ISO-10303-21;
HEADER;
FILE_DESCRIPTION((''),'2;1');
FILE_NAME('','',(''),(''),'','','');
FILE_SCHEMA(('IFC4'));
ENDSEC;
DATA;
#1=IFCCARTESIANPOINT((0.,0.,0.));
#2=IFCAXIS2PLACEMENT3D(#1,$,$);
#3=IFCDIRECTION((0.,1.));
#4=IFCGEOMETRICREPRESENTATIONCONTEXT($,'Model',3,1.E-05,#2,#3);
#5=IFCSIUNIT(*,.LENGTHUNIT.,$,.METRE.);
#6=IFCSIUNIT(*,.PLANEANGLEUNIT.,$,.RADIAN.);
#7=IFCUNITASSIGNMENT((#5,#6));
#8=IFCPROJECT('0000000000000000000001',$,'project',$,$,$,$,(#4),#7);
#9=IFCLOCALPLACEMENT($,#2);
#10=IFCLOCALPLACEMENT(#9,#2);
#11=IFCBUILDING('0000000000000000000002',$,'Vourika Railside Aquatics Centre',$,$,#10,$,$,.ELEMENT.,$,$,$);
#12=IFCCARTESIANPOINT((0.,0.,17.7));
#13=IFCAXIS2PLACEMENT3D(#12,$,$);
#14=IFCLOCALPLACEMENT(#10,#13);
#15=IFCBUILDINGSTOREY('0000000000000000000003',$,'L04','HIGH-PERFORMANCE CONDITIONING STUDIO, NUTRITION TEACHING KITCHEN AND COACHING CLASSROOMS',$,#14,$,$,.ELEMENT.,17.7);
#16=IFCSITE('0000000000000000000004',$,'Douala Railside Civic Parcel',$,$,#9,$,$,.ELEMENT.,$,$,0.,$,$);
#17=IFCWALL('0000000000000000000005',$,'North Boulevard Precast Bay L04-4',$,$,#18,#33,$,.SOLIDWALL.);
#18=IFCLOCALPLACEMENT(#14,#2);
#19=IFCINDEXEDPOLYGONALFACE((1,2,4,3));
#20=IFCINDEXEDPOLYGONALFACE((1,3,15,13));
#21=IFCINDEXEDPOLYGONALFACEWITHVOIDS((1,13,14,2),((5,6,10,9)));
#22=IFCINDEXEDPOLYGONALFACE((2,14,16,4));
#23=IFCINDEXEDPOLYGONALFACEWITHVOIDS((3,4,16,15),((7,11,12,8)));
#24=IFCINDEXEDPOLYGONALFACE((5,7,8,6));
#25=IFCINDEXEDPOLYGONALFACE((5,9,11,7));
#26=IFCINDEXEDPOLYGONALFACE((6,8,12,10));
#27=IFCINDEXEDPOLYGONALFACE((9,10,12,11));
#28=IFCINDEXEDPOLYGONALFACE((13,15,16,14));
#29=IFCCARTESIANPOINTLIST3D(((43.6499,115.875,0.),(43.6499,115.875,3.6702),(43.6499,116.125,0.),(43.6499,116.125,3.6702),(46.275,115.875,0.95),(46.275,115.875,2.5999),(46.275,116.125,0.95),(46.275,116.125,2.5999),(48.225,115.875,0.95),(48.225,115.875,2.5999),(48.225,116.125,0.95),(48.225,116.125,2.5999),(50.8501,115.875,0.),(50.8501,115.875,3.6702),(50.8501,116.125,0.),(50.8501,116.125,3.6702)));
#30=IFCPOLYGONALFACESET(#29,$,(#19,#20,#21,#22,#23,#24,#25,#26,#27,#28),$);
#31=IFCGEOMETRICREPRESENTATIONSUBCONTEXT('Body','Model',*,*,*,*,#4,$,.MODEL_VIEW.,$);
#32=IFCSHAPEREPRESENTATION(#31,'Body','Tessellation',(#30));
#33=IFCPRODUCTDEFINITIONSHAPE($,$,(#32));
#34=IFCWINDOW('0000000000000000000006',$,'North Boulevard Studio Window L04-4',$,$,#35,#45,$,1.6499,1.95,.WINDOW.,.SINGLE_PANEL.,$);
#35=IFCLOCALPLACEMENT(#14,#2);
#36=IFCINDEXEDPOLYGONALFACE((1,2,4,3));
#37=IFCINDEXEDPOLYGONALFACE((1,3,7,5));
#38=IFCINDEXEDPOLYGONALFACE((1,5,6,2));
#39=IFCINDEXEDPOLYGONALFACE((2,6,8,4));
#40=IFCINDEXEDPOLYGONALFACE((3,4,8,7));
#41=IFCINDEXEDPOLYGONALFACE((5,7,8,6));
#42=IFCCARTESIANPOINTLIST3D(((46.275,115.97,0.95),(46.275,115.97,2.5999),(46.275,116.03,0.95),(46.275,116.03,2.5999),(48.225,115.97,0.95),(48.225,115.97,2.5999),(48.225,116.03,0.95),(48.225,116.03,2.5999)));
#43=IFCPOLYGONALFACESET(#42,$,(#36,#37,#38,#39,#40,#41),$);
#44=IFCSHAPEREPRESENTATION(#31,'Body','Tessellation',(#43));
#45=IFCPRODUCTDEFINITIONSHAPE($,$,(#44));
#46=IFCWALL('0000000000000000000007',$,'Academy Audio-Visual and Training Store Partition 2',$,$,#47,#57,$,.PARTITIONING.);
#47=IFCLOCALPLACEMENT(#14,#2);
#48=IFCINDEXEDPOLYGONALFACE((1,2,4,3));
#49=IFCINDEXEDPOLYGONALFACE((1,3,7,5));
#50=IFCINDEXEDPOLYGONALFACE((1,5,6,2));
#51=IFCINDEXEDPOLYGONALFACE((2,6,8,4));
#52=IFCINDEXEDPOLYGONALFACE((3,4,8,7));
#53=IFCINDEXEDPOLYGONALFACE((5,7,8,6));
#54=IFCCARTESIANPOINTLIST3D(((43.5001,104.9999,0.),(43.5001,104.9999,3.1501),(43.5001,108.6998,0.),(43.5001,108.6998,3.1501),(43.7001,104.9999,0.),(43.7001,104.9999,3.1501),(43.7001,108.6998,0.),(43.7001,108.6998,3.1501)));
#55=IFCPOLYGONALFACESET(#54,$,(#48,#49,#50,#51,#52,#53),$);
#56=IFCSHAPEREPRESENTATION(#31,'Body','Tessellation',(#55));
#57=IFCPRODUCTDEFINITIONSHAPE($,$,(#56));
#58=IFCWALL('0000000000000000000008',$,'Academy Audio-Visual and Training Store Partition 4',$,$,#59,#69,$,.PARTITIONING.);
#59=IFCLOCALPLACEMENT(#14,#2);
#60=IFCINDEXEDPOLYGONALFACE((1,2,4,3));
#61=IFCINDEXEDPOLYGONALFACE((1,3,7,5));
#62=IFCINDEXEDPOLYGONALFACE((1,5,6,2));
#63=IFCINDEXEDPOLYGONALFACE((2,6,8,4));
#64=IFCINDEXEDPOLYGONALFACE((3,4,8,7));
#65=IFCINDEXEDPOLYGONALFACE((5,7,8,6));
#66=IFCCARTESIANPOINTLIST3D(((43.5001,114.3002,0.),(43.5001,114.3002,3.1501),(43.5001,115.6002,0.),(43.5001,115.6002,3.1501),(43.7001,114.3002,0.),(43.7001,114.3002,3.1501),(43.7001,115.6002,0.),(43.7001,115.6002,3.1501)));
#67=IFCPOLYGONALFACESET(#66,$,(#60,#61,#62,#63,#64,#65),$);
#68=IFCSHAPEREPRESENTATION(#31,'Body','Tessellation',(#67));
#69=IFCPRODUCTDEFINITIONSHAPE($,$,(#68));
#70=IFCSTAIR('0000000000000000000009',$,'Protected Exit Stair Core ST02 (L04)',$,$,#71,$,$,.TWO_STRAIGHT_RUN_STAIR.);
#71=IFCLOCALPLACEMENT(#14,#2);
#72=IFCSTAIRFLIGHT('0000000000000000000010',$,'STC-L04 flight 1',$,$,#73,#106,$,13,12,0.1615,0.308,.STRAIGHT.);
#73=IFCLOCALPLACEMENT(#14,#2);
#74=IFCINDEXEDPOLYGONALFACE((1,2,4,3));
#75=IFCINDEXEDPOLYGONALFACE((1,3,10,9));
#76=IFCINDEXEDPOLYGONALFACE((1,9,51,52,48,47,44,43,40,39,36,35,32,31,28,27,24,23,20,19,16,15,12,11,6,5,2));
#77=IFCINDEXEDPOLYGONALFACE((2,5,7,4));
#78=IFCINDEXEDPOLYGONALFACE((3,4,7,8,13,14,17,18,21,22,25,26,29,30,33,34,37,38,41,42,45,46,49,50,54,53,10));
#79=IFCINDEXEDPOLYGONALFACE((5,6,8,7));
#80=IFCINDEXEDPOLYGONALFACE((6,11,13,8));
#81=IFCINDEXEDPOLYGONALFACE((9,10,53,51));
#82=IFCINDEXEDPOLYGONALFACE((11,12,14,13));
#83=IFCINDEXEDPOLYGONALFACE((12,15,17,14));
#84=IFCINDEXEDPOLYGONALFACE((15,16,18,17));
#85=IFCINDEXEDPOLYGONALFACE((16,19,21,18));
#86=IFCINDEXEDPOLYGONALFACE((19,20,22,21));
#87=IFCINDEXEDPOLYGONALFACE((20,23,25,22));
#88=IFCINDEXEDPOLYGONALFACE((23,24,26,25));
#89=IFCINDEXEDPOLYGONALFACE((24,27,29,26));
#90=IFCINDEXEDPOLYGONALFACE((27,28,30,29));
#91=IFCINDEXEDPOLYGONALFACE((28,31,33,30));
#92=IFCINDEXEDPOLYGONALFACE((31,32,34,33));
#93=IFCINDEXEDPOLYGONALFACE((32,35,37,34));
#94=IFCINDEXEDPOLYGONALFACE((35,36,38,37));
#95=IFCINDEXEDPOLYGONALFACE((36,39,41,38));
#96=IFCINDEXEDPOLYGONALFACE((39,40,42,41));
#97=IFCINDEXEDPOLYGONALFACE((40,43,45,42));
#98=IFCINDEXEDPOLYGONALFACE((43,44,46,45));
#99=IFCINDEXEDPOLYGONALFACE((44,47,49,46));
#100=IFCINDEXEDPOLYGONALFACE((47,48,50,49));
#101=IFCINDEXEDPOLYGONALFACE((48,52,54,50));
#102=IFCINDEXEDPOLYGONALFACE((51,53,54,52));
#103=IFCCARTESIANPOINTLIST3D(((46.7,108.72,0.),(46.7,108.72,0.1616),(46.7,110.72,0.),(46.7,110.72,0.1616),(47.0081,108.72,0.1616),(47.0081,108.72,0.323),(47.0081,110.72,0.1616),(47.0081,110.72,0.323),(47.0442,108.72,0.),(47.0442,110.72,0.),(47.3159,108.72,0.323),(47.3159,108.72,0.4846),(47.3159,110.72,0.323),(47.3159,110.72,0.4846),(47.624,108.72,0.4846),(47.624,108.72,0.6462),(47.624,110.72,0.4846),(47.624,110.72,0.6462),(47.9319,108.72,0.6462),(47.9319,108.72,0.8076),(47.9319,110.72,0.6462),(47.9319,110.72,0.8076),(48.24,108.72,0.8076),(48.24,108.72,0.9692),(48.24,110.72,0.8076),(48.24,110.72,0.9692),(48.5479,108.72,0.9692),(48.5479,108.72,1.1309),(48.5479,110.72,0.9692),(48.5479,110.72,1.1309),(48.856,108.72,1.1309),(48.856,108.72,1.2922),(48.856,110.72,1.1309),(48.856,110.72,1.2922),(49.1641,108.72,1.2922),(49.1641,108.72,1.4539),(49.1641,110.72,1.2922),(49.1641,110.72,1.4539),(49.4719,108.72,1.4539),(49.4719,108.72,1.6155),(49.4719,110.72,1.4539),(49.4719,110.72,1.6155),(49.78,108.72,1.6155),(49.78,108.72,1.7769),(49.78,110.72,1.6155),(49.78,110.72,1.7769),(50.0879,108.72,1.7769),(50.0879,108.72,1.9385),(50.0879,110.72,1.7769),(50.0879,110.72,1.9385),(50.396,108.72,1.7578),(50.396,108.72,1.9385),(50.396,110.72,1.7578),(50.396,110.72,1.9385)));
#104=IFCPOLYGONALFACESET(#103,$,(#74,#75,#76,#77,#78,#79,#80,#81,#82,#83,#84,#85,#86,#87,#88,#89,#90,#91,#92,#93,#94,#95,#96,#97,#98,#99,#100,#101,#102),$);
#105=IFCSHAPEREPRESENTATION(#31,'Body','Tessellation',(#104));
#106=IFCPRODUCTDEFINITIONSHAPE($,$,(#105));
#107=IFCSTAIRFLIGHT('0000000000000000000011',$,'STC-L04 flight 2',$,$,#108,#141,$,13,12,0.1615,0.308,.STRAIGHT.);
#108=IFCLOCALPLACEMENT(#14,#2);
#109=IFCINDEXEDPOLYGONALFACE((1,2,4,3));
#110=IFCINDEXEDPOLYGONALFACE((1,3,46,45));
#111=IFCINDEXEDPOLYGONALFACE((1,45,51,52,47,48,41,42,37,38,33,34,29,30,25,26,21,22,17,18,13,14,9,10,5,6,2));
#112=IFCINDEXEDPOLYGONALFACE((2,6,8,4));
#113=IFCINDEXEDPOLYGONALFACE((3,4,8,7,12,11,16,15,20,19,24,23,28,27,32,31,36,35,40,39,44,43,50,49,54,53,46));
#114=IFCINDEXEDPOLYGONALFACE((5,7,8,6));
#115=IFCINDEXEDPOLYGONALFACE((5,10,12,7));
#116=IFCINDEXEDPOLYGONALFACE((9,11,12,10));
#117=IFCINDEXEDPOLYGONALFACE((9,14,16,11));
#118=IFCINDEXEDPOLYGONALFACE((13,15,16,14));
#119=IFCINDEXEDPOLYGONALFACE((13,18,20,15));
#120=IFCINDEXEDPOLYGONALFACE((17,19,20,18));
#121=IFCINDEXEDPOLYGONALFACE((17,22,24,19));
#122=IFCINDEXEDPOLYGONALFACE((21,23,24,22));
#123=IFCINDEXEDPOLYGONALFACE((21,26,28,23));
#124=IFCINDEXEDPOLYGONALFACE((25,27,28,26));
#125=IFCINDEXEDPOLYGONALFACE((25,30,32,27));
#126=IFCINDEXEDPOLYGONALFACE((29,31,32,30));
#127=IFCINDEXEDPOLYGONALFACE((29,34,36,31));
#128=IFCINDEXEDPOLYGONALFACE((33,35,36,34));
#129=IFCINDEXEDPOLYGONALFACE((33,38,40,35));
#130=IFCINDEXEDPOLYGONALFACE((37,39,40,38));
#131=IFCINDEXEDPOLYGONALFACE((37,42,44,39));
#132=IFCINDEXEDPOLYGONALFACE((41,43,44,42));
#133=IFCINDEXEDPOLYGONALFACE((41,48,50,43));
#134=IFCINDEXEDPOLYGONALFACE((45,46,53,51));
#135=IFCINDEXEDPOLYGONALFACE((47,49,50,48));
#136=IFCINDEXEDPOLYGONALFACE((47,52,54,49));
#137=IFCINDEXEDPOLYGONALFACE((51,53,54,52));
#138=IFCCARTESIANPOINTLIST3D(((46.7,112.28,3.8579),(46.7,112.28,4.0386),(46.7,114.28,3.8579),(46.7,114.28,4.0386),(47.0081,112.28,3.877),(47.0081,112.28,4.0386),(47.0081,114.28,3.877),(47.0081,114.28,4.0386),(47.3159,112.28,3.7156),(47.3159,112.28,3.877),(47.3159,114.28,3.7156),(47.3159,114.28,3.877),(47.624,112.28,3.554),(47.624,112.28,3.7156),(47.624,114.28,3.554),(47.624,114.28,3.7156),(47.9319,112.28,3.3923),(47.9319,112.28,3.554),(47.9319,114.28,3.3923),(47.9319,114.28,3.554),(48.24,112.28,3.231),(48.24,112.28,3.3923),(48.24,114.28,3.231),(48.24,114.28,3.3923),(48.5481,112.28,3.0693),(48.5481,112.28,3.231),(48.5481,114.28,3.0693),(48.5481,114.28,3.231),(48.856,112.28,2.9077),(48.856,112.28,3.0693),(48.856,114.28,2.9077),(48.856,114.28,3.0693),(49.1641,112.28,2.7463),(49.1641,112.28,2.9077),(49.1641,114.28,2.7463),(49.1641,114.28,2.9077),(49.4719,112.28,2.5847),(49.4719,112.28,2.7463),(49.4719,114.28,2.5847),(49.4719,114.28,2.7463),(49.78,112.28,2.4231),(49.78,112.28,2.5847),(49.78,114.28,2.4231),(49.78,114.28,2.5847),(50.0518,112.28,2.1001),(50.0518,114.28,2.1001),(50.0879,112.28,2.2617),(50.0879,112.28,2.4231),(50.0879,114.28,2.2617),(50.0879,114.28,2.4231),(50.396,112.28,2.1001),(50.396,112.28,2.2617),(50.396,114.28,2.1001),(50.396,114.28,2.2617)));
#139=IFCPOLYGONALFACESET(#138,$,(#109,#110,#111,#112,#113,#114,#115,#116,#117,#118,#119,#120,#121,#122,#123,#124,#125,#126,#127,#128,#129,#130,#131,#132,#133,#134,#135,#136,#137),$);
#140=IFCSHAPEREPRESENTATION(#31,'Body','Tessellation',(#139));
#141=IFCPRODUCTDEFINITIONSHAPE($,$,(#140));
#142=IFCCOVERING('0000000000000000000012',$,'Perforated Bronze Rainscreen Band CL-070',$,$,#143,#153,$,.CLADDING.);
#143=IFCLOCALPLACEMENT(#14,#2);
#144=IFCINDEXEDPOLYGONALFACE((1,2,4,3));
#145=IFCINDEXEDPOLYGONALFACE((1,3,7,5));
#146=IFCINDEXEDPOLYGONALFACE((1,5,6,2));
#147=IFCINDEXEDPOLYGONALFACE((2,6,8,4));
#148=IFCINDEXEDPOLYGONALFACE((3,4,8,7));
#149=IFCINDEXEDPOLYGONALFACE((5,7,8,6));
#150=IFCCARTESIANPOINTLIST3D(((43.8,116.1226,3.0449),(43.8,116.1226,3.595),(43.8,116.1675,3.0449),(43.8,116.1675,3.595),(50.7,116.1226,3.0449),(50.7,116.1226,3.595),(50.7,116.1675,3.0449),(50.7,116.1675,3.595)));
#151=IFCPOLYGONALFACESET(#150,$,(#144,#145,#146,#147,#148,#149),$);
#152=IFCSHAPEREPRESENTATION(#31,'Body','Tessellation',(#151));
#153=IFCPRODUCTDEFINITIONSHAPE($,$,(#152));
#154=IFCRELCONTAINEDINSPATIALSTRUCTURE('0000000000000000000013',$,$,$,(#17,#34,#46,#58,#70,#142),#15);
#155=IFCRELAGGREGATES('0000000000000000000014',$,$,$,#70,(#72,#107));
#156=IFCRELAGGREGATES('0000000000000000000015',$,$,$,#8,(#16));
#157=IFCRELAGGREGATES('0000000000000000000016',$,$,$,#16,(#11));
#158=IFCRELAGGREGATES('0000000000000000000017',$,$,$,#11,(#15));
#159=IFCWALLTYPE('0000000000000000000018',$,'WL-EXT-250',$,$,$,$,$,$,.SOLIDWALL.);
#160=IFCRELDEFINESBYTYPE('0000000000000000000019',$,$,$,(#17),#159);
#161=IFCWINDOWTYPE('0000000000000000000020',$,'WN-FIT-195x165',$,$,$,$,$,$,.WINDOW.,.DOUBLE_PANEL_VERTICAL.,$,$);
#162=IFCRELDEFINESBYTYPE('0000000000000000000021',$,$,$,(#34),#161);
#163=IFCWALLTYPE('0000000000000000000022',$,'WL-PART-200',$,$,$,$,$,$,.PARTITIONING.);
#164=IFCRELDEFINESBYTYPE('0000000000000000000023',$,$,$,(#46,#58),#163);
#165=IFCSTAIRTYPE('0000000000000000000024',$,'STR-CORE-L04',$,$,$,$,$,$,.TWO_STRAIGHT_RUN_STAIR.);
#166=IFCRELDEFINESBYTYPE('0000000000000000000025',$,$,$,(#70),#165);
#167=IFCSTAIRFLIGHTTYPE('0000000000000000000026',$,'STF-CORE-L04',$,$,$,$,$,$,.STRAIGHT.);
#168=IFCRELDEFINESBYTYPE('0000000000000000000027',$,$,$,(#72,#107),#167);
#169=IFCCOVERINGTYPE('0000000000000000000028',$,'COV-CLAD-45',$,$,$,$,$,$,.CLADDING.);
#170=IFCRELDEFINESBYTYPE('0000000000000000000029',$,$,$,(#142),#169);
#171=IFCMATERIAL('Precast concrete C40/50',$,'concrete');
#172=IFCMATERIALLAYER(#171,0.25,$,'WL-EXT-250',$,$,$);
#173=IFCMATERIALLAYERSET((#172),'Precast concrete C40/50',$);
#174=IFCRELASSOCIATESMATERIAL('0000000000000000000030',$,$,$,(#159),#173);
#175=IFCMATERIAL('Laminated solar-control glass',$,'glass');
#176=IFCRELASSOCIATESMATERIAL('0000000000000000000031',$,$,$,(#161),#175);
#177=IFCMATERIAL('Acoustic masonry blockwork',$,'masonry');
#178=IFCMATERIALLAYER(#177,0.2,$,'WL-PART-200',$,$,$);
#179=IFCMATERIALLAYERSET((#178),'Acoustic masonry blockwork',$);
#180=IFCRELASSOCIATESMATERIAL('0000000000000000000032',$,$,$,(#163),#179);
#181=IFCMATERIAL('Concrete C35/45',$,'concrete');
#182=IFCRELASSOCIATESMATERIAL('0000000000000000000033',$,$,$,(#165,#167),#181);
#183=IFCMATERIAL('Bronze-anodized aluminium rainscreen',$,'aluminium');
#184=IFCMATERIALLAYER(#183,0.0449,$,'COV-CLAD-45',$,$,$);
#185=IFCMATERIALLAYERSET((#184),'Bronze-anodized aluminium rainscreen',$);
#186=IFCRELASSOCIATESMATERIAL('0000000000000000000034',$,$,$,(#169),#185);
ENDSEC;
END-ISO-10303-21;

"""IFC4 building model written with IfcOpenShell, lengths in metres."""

from ifc_helpers import new_model, si_unit, direction, frame, frame_2d, origin, origin_2d, place, context, subcontext, project, spatial, polyline, rectangle, outline, extrude, material, layer, layer_set, type_object, element, fill, aggregate, save


model = new_model("IFC4")

# Units and contexts
model_context = context("Model", 3, precision=1e-05, world=origin(), true_north=direction((0.0, 1.0)))
body_context = subcontext(model_context, "Body", "Model", "MODEL_VIEW")
ifc_project = project(units=[si_unit("LENGTHUNIT", "METRE"), si_unit("PLANEANGLEUNIT", "RADIAN")], contexts=[model_context])

# Site, building, storey
site_placement = place(None, origin())
site = spatial("IfcSite", under=ifc_project, at=site_placement, Name="Douala Railside Civic Parcel", CompositionType="ELEMENT", RefElevation=0.0)
building_placement = place(site_placement, origin())
building = spatial("IfcBuilding", under=site, at=building_placement, Name="Vourika Railside Aquatics Centre", CompositionType="ELEMENT")
storey_placement = place(building_placement, frame((0.0, 0.0, 17.7)))
storey = spatial("IfcBuildingStorey", under=building, at=storey_placement, Name="L04", Description="HIGH-PERFORMANCE CONDITIONING STUDIO, NUTRITION TEACHING KITCHEN AND COACHING CLASSROOMS", CompositionType="ELEMENT", Elevation=17.7)

# Shared definitions
ifc_material_1 = material(Name="Concrete C35/45", Category="concrete")

# Wall, opening, window
ifc_material_2 = material(Name="Precast concrete C40/50", Category="concrete")
ifc_layer_1 = layer(ifc_material_2, 0.25, Name="WL-EXT-250")
ifc_layer_set_1 = layer_set([ifc_layer_1], Name="Precast concrete C40/50")
wall_type_1 = type_object("IfcWallType", Name="WL-EXT-250", PredefinedType="SOLIDWALL", material=ifc_layer_set_1)
wall_1_placement = place(storey_placement, frame((50.8501, 116.0, 0.0), z_axis=(0.0, 0.0, 1.0), x_axis=(-1.0, 0.0, 0.0)))
wall_1 = element("IfcWall", 1, at=wall_1_placement, inside=storey, type_object=wall_type_1, Name="North Boulevard Precast Bay L04-4", PredefinedType="SOLIDWALL", context=body_context, shape_type="SweptSolid", body=[
    extrude(rectangle(XDim=7.2002, YDim=0.25, at=frame_2d((3.6001, 0.0))), origin(), (0.0, 0.0, 1.0), 3.6702),
])
opening_1_placement = place(wall_1_placement, frame((2.625, 0.0, 0.95)))
opening_1 = element("IfcOpeningElement", 2, at=opening_1_placement, cuts=wall_1, PredefinedType="OPENING", context=body_context, shape_type="SweptSolid", body=[
    extrude(rectangle(XDim=1.95, YDim=1.6499, at=frame_2d((0.9751, 0.825))), frame((0.0, 0.135, 0.0), z_axis=(0.0, -1.0, 0.0), x_axis=(1.0, 0.0, 0.0)), (0.0, 0.0, 1.0), 0.27),
])
ifc_material_3 = material(Name="Laminated solar-control glass", Category="glass")
window_type = type_object("IfcWindowType", Name="WN-FIT-195x165", PartitioningType="DOUBLE_PANEL_VERTICAL", PredefinedType="WINDOW", material=ifc_material_3)
window_placement = place(opening_1_placement, origin())
window = element("IfcWindow", 3, at=window_placement, inside=storey, type_object=window_type, Name="North Boulevard Studio Window L04-4", OverallHeight=1.6499, OverallWidth=1.95, PartitioningType="SINGLE_PANEL", PredefinedType="WINDOW", context=body_context, shape_type="SweptSolid", body=[
    extrude(rectangle(XDim=1.95, YDim=1.6499, at=frame_2d((0.9751, 0.825))), frame((0.0, 0.03, 0.0), z_axis=(0.0, -1.0, 0.0), x_axis=(1.0, 0.0, 0.0)), (0.0, 0.0, 1.0), 0.0601),
])
fill(opening_1, window)

# Walls
ifc_material_4 = material(Name="Acoustic masonry blockwork", Category="masonry")
ifc_layer_2 = layer(ifc_material_4, 0.2, Name="WL-PART-200")
ifc_layer_set_2 = layer_set([ifc_layer_2], Name="Acoustic masonry blockwork")
wall_type_2 = type_object("IfcWallType", Name="WL-PART-200", PredefinedType="PARTITIONING", material=ifc_layer_set_2)
wall_2_placement = place(storey_placement, frame((43.6001, 108.7, 0.0), z_axis=(0.0, 0.0, 1.0), x_axis=(0.0, -1.0, 0.0)))
element("IfcWall", 4, at=wall_2_placement, inside=storey, type_object=wall_type_2, Name="Academy Audio-Visual and Training Store Partition 2", PredefinedType="PARTITIONING", context=body_context, shape_type="SweptSolid", body=[
    extrude(rectangle(XDim=3.7, YDim=0.2, at=frame_2d((1.8501, 0.0))), origin(), (0.0, 0.0, 1.0), 3.1501),
])
wall_3_placement = place(storey_placement, frame((43.6001, 115.6001, 0.0), z_axis=(0.0, 0.0, 1.0), x_axis=(0.0, -1.0, 0.0)))
element("IfcWall", 5, at=wall_3_placement, inside=storey, type_object=wall_type_2, Name="Academy Audio-Visual and Training Store Partition 4", PredefinedType="PARTITIONING", context=body_context, shape_type="SweptSolid", body=[
    extrude(rectangle(XDim=1.3, YDim=0.2, at=frame_2d((0.6499, 0.0))), origin(), (0.0, 0.0, 1.0), 3.1501),
])

# Stair, stair flights
stair_type = type_object("IfcStairType", Name="STR-CORE-L04", PredefinedType="TWO_STRAIGHT_RUN_STAIR", material=ifc_material_1)
stair_placement = place(storey_placement, origin())
stair = element("IfcStair", 6, at=stair_placement, inside=storey, type_object=stair_type, Name="Protected Exit Stair Core ST02 (L04)", PredefinedType="TWO_STRAIGHT_RUN_STAIR")
stair_flight_type = type_object("IfcStairFlightType", Name="STF-CORE-L04", PredefinedType="STRAIGHT", material=ifc_material_1)
stair_flight_1_placement = place(storey_placement, frame((46.7, 109.72, 0.0), z_axis=(0.0, 0.0, 1.0), x_axis=(1.0, 0.0, 0.0)))
stair_flight_1 = element("IfcStairFlight", 7, at=stair_flight_1_placement, type_object=stair_flight_type, Name="STC-L04 flight 1", NumberOfRisers=13, NumberOfTreads=12, PredefinedType="STRAIGHT", RiserHeight=0.1615, TreadLength=0.308, context=body_context, shape_type="SweptSolid", body=[
    extrude(outline(polyline([(0.0, 0.0), (0.0, 0.1616), (0.3081, 0.1616), (0.3081, 0.323), (0.616, 0.323), (0.616, 0.4846), (0.9241, 0.4846), (0.9241, 0.6462), (1.2319, 0.6462), (1.2319, 0.8076), (1.54, 0.8076), (1.54, 0.9692), (1.8479, 0.9692), (1.8479, 1.1309), (2.156, 1.1309), (2.156, 1.2922), (2.4641, 1.2922), (2.4641, 1.4539), (2.772, 1.4539), (2.772, 1.6155), (3.0801, 1.6155), (3.0801, 1.7769), (3.3879, 1.7769), (3.3879, 1.9385), (3.696, 1.9385), (3.696, 2.1001), (3.696, 1.7578), (0.3442, 0.0), (0.0, 0.0)])), frame((0.0, 1.0, 0.0), z_axis=(0.0, -1.0, 0.0), x_axis=(1.0, 0.0, 0.0)), (0.0, 0.0, 1.0), 2.0),
])
stair_flight_2_placement = place(storey_placement, frame((50.396, 113.28, 2.1001), z_axis=(0.0, 0.0, 1.0), x_axis=(-1.0, 0.0, 0.0)))
stair_flight_2 = element("IfcStairFlight", 8, at=stair_flight_2_placement, type_object=stair_flight_type, Name="STC-L04 flight 2", NumberOfRisers=13, NumberOfTreads=12, PredefinedType="STRAIGHT", RiserHeight=0.1615, TreadLength=0.308, context=body_context, shape_type="SweptSolid", body=[
    extrude(outline(polyline([(0.0, 0.0), (0.0, 0.1616), (0.3081, 0.1616), (0.3081, 0.323), (0.616, 0.323), (0.616, 0.4846), (0.9241, 0.4846), (0.9241, 0.6462), (1.2319, 0.6462), (1.2319, 0.8076), (1.54, 0.8076), (1.54, 0.9692), (1.8479, 0.9692), (1.8479, 1.1309), (2.156, 1.1309), (2.156, 1.2922), (2.4641, 1.2922), (2.4641, 1.4539), (2.772, 1.4539), (2.772, 1.6155), (3.0801, 1.6155), (3.0801, 1.7769), (3.3879, 1.7769), (3.3879, 1.9385), (3.696, 1.9385), (3.696, 2.1001), (3.696, 1.7578), (0.3442, 0.0), (0.0, 0.0)])), frame((0.0, 1.0, 0.0), z_axis=(0.0, -1.0, 0.0), x_axis=(1.0, 0.0, 0.0)), (0.0, 0.0, 1.0), 2.0),
])
aggregate(stair, [stair_flight_1, stair_flight_2])

# Covering
ifc_material_5 = material(Name="Bronze-anodized aluminium rainscreen", Category="aluminium")
ifc_layer_3 = layer(ifc_material_5, 0.0449, Name="COV-CLAD-45")
ifc_layer_set_3 = layer_set([ifc_layer_3], Name="Bronze-anodized aluminium rainscreen")
covering_type = type_object("IfcCoveringType", Name="COV-CLAD-45", PredefinedType="CLADDING", material=ifc_layer_set_3)
covering_placement = place(storey_placement, frame((47.25, 116.145, 3.0449), z_axis=(0.0, 0.0, 1.0), x_axis=(-1.0, 0.0, 0.0)))
element("IfcCovering", 9, at=covering_placement, inside=storey, type_object=covering_type, Name="Perforated Bronze Rainscreen Band CL-070", PredefinedType="CLADDING", context=body_context, shape_type="SweptSolid", body=[
    extrude(rectangle(XDim=6.8999, YDim=0.0449, at=origin_2d()), origin(), (0.0, 0.0, 1.0), 0.55),
])

save(model, "model.ifc")
